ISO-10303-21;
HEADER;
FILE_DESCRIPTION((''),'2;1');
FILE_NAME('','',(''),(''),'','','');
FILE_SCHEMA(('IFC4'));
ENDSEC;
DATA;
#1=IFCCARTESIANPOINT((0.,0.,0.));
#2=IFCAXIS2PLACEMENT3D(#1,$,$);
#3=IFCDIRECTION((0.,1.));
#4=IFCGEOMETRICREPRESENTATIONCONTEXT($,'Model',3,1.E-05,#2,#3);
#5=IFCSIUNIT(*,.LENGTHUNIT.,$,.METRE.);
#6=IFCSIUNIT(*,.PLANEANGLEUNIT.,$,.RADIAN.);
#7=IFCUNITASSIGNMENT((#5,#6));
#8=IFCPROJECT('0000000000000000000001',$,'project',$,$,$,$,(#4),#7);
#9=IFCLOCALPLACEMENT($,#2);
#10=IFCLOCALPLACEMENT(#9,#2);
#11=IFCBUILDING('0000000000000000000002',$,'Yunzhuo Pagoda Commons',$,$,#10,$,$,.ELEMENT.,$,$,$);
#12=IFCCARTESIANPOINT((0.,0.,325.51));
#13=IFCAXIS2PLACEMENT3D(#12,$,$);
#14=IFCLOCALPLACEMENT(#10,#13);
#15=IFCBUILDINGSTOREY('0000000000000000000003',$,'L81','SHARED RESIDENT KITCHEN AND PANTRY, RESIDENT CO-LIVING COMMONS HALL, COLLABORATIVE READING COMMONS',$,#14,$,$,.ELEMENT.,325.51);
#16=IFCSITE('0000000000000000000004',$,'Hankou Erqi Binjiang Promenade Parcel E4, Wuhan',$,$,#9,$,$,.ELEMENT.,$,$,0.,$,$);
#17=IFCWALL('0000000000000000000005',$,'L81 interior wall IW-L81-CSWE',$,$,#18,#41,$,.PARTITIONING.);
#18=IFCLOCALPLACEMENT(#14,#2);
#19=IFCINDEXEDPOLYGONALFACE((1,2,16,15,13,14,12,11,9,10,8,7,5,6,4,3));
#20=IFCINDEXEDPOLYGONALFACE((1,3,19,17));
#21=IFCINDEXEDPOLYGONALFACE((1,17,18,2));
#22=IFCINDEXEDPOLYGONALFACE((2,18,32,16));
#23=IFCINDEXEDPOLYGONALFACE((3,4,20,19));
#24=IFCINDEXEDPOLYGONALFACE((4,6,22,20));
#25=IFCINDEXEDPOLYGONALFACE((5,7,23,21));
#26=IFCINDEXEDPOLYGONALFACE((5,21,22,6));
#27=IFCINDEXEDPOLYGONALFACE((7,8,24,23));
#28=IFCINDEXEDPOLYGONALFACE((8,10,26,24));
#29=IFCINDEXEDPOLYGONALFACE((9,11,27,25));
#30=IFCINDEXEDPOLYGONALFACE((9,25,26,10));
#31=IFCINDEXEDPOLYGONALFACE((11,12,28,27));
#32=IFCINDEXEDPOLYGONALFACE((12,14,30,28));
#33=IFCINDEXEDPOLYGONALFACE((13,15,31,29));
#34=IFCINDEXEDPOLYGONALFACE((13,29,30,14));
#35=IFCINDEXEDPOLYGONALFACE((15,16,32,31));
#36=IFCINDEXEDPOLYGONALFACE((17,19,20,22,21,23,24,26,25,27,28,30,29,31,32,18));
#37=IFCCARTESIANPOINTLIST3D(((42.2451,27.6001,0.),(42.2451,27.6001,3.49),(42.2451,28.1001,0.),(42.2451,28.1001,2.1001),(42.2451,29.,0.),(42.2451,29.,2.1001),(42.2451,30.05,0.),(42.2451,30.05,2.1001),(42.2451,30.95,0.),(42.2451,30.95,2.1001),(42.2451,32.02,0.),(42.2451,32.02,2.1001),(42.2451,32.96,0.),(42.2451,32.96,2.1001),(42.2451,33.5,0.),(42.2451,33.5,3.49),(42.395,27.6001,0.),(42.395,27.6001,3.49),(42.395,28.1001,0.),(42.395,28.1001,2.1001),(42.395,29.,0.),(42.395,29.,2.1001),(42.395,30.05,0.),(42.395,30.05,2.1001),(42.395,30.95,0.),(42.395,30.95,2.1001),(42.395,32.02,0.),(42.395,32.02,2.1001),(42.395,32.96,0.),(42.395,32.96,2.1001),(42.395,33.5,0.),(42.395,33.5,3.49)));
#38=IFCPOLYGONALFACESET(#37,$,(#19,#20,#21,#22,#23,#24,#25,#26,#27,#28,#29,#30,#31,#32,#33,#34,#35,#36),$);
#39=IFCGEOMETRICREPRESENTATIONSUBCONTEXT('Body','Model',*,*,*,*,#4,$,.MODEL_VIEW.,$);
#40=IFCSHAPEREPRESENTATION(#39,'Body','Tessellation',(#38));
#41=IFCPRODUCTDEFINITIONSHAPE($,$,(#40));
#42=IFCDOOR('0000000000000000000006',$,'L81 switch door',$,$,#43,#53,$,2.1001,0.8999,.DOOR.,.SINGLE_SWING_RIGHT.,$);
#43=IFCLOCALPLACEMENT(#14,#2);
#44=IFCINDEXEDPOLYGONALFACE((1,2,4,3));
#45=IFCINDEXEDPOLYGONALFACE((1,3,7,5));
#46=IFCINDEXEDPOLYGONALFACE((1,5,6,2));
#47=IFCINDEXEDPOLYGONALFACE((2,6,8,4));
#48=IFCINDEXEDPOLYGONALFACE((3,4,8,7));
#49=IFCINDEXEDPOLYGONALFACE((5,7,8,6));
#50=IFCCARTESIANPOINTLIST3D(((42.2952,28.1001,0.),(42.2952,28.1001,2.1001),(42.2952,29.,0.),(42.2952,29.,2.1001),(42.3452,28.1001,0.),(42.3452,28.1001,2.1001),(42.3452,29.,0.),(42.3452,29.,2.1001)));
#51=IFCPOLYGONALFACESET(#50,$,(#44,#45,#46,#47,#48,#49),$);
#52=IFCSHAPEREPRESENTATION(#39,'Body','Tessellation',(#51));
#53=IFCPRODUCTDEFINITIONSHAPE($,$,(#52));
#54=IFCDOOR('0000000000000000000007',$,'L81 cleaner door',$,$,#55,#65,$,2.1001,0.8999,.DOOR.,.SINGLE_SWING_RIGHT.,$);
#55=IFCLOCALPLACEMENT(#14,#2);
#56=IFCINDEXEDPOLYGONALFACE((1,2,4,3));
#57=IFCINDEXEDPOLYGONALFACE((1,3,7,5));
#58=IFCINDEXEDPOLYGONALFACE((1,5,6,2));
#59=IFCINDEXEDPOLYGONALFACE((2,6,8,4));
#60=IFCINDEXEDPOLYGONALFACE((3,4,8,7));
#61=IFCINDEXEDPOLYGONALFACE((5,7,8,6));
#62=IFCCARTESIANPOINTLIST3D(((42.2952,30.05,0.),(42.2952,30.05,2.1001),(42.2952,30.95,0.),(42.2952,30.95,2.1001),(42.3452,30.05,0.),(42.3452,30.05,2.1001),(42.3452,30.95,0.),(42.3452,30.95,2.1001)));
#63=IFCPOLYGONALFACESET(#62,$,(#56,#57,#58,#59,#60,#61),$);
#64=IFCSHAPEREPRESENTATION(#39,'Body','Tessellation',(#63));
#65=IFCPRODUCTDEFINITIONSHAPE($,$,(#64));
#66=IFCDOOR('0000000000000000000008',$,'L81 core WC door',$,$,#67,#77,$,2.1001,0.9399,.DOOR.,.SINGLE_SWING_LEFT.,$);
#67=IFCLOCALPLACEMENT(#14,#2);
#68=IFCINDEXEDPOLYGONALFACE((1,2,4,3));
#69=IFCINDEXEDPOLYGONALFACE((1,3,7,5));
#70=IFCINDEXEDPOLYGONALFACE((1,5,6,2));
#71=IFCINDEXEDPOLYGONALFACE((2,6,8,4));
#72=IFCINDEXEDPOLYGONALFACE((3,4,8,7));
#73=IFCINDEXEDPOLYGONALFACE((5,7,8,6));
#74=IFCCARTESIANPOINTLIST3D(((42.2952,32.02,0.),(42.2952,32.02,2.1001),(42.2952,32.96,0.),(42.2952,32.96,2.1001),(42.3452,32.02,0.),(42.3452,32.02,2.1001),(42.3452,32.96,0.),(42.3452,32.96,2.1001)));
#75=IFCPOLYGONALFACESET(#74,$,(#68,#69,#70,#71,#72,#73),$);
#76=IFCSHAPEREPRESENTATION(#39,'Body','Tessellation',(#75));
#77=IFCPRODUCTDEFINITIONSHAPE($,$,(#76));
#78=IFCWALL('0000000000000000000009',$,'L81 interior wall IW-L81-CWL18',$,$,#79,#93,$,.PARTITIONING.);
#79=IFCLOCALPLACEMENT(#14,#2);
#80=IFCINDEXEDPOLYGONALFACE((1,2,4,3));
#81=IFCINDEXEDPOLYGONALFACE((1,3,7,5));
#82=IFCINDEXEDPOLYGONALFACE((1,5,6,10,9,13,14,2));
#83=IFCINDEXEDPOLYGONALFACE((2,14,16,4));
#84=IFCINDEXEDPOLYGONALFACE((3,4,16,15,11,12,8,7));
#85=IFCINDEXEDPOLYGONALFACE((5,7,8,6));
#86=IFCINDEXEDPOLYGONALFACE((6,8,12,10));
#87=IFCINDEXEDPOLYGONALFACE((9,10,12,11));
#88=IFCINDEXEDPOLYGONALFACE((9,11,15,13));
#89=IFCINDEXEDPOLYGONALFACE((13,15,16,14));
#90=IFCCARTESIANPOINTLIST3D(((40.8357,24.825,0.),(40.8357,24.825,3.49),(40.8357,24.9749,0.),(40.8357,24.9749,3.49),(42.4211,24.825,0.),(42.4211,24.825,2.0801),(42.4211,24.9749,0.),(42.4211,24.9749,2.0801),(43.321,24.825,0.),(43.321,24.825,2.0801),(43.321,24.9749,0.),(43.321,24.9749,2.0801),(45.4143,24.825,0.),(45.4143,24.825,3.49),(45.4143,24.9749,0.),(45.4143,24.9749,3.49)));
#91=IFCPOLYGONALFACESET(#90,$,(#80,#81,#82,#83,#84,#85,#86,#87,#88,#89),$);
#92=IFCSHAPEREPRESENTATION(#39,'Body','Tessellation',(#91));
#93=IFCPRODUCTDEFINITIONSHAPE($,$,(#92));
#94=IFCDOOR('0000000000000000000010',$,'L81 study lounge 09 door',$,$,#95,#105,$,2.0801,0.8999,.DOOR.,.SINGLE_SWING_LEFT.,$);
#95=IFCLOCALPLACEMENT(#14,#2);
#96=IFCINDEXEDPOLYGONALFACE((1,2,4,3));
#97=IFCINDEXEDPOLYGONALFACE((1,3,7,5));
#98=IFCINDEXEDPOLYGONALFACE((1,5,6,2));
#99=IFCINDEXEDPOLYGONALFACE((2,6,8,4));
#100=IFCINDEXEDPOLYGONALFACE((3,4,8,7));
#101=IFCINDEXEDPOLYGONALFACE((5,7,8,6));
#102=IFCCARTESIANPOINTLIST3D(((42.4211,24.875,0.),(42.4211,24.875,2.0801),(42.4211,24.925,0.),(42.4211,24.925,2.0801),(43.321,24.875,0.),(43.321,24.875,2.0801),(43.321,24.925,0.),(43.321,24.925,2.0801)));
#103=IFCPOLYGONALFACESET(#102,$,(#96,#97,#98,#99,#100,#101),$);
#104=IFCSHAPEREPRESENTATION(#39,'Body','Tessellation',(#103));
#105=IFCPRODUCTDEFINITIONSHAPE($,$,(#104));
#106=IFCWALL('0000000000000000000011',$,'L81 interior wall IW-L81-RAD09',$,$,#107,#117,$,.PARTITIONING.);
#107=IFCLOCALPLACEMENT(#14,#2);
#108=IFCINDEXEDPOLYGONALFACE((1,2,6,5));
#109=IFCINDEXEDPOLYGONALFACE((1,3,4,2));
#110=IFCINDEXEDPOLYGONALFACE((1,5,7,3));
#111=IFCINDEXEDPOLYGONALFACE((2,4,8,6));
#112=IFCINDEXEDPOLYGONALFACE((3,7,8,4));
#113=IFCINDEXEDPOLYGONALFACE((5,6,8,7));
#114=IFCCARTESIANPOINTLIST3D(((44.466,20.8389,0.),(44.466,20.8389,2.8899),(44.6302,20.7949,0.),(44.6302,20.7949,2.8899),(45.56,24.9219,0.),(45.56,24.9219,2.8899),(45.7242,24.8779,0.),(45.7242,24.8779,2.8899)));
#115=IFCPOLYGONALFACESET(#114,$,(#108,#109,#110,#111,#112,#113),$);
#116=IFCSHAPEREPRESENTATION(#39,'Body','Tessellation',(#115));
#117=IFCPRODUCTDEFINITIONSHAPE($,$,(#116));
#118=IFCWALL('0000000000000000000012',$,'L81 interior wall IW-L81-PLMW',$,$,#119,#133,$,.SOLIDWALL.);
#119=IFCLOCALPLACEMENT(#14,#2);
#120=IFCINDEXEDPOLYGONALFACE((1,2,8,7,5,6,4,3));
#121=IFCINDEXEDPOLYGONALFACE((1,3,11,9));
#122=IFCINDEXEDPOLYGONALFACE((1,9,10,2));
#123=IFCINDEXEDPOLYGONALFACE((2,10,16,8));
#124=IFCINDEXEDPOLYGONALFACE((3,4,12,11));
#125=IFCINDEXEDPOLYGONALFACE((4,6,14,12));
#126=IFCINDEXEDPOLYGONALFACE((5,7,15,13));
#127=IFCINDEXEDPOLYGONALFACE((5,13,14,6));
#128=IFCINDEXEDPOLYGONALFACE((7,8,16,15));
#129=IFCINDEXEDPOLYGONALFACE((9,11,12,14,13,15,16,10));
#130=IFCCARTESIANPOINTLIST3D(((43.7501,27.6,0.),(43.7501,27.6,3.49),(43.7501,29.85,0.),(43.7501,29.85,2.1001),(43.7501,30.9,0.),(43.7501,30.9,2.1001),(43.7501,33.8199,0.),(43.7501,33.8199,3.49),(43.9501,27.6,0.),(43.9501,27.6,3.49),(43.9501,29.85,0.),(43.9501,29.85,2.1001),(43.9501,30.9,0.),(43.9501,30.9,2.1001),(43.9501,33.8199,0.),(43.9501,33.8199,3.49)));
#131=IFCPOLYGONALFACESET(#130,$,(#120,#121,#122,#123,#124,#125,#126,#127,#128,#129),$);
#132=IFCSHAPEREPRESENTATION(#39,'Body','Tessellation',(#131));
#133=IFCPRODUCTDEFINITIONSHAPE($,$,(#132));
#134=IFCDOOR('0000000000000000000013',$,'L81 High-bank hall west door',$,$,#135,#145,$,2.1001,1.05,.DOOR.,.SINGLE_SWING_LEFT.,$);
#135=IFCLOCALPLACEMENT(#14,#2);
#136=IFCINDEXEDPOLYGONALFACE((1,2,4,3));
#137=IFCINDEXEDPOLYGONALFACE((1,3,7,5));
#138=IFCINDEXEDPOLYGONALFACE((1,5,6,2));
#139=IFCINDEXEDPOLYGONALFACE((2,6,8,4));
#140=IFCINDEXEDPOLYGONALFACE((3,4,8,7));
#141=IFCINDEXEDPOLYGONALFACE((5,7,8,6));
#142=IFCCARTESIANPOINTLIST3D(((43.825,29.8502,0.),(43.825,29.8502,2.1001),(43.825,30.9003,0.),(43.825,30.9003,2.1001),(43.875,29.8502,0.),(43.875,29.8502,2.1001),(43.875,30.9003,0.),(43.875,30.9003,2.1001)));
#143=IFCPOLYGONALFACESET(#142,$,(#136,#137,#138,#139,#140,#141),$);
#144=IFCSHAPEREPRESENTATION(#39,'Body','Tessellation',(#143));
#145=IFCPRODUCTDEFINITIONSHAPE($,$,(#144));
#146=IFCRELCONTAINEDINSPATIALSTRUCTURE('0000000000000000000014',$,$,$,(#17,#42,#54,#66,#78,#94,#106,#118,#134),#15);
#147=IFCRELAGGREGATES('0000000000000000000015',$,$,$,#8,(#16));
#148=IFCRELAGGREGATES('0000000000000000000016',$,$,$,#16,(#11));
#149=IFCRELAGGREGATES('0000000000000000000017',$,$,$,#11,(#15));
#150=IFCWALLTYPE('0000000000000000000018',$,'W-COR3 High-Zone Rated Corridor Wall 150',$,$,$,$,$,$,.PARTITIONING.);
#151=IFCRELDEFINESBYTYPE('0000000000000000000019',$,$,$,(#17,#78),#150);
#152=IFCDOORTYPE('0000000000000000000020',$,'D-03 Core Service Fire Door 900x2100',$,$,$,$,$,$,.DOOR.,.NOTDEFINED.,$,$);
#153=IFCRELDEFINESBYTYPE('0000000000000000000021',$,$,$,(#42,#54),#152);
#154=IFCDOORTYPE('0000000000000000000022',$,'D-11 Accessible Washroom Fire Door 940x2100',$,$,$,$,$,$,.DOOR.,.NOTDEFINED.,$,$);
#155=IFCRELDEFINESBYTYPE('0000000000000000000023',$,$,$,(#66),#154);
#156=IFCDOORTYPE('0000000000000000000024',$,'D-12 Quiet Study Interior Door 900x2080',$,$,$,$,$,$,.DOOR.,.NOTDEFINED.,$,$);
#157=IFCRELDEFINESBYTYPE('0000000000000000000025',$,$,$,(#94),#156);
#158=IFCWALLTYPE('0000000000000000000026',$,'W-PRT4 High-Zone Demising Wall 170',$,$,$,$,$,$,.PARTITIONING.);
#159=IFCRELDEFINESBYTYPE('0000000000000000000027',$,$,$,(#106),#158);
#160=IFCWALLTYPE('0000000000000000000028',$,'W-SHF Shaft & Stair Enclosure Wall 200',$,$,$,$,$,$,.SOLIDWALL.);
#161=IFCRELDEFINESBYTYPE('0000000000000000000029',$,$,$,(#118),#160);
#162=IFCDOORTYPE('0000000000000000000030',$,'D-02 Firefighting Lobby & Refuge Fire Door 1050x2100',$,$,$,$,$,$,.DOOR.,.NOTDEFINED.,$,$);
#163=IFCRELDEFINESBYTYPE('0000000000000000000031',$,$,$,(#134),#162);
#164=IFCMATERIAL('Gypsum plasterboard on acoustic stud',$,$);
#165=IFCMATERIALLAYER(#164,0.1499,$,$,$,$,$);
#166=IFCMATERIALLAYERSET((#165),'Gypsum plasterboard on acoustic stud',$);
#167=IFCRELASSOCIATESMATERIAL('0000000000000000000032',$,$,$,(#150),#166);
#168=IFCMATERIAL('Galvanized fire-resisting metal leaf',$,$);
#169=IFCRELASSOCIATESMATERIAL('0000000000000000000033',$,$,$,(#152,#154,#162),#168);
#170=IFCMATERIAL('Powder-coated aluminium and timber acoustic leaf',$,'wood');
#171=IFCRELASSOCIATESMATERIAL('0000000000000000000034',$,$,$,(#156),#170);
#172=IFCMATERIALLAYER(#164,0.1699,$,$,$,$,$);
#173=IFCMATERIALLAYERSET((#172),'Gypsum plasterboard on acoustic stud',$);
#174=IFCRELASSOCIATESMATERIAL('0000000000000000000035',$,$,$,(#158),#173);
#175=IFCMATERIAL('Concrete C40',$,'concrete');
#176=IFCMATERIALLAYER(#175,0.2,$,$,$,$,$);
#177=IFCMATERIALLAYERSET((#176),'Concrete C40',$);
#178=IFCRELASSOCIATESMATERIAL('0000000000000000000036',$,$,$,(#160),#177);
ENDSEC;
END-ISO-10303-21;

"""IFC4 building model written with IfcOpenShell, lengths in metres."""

from ifc_helpers import new_model, si_unit, direction, frame, frame_2d, origin, origin_with_axes, place, context, subcontext, project, spatial, rectangle, extrude, source, transform, mapped, material, layer, layer_set, type_object, element, fill, save


model = new_model("IFC4")

# Units and contexts
model_context = context("Model", 3, precision=1e-05, world=origin(), true_north=direction((0.0, 1.0)))
body_context = subcontext(model_context, "Body", "Model", "MODEL_VIEW")
ifc_project = project(units=[si_unit("LENGTHUNIT", "METRE"), si_unit("PLANEANGLEUNIT", "RADIAN")], contexts=[model_context])

# Site, building, storey
site_placement = place(None, origin())
site = spatial("IfcSite", under=ifc_project, at=site_placement, Name="Hankou Erqi Binjiang Promenade Parcel E4, Wuhan", CompositionType="ELEMENT", RefElevation=0.0)
building_placement = place(site_placement, origin())
building = spatial("IfcBuilding", under=site, at=building_placement, Name="Yunzhuo Pagoda Commons", CompositionType="ELEMENT")
storey_placement = place(building_placement, frame((0.0, 0.0, 325.51)))
storey = spatial("IfcBuildingStorey", under=building, at=storey_placement, Name="L81", Description="SHARED RESIDENT KITCHEN AND PANTRY, RESIDENT CO-LIVING COMMONS HALL, COLLABORATIVE READING COMMONS", CompositionType="ELEMENT", Elevation=325.51)

# Wall, openings, doors
ifc_material_1 = material(Name="Gypsum plasterboard on acoustic stud")
ifc_layer_1 = layer(ifc_material_1, 0.1499)
ifc_layer_set_1 = layer_set([ifc_layer_1], Name="Gypsum plasterboard on acoustic stud")
wall_type_1 = type_object("IfcWallType", Name="W-COR3 High-Zone Rated Corridor Wall 150", PredefinedType="PARTITIONING", material=ifc_layer_set_1)
wall_1_placement = place(storey_placement, frame((42.3201, 27.6001, 0.0), z_axis=(0.0, 0.0, 1.0), x_axis=(0.0, 1.0, 0.0)))
wall_1 = element("IfcWall", 1, at=wall_1_placement, inside=storey, type_object=wall_type_1, Name="L81 interior wall IW-L81-CSWE", PredefinedType="PARTITIONING", context=body_context, shape_type="SweptSolid", body=[
    extrude(rectangle(XDim=5.8999, YDim=0.1499, at=frame_2d((2.95, 0.0))), origin(), (0.0, 0.0, 1.0), 3.49),
])
opening_1_placement = place(wall_1_placement, frame((0.5, 0.0, 0.0)))
opening_1 = element("IfcOpeningElement", 2, at=opening_1_placement, cuts=wall_1, PredefinedType="OPENING", context=body_context, shape_type="SweptSolid", body=[
    extrude(rectangle(XDim=0.8999, YDim=2.1001, at=frame_2d((0.45, 1.05))), frame((0.0, 0.085, 0.0), z_axis=(0.0, -1.0, 0.0), x_axis=(1.0, 0.0, 0.0)), (0.0, 0.0, 1.0), 0.1699),
])
opening_2_placement = place(wall_1_placement, frame((2.45, 0.0, 0.0)))
opening_2 = element("IfcOpeningElement", 3, at=opening_2_placement, cuts=wall_1, PredefinedType="OPENING", context=body_context, shape_type="SweptSolid", body=[
    extrude(rectangle(XDim=0.8999, YDim=2.1001, at=frame_2d((0.45, 1.05))), frame((0.0, 0.085, 0.0), z_axis=(0.0, -1.0, 0.0), x_axis=(1.0, 0.0, 0.0)), (0.0, 0.0, 1.0), 0.1699),
])
opening_3_placement = place(wall_1_placement, frame((4.4199, 0.0, 0.0)))
opening_3 = element("IfcOpeningElement", 4, at=opening_3_placement, cuts=wall_1, PredefinedType="OPENING", context=body_context, shape_type="SweptSolid", body=[
    extrude(rectangle(XDim=0.9399, YDim=2.1001, at=frame_2d((0.47, 1.05))), frame((0.0, 0.085, 0.0), z_axis=(0.0, -1.0, 0.0), x_axis=(1.0, 0.0, 0.0)), (0.0, 0.0, 1.0), 0.1699),
])
ifc_material_2 = material(Name="Galvanized fire-resisting metal leaf")
door_type_1 = type_object("IfcDoorType", Name="D-03 Core Service Fire Door 900x2100", OperationType="NOTDEFINED", PredefinedType="DOOR", material=ifc_material_2)
shared_shape_1 = source(origin(), body_context, "Body", "SweptSolid", [
    extrude(rectangle(XDim=0.8999, YDim=2.1001, at=frame_2d((0.45, 1.05))), frame((0.0, 0.0249, 0.0), z_axis=(0.0, -1.0, 0.0), x_axis=(1.0, 0.0, 0.0)), (0.0, 0.0, 1.0), 0.05),
])
door_1_placement = place(opening_1_placement, origin_with_axes())
door_1 = element("IfcDoor", 5, at=door_1_placement, inside=storey, type_object=door_type_1, Name="L81 switch door", OperationType="SINGLE_SWING_RIGHT", OverallHeight=2.1001, OverallWidth=0.8999, PredefinedType="DOOR", context=body_context, shape_type="MappedRepresentation", body=[
    mapped(shared_shape_1, transform((0.0, 0.0, 0.0), scale=1.0)),
])
fill(opening_1, door_1)
door_2_placement = place(opening_2_placement, origin_with_axes())
door_2 = element("IfcDoor", 6, at=door_2_placement, inside=storey, type_object=door_type_1, Name="L81 cleaner door", OperationType="SINGLE_SWING_RIGHT", OverallHeight=2.1001, OverallWidth=0.8999, PredefinedType="DOOR", context=body_context, shape_type="MappedRepresentation", body=[
    mapped(shared_shape_1, transform((0.0, 0.0, 0.0), scale=1.0)),
])
fill(opening_2, door_2)
door_type_2 = type_object("IfcDoorType", Name="D-11 Accessible Washroom Fire Door 940x2100", OperationType="NOTDEFINED", PredefinedType="DOOR", material=ifc_material_2)
shared_shape_2 = source(origin(), body_context, "Body", "SweptSolid", [
    extrude(rectangle(XDim=0.9399, YDim=2.1001, at=frame_2d((0.47, 1.05))), frame((0.0, 0.0249, 0.0), z_axis=(0.0, -1.0, 0.0), x_axis=(1.0, 0.0, 0.0)), (0.0, 0.0, 1.0), 0.05),
])
door_3_placement = place(opening_3_placement, origin_with_axes())
door_3 = element("IfcDoor", 7, at=door_3_placement, inside=storey, type_object=door_type_2, Name="L81 core WC door", OperationType="SINGLE_SWING_LEFT", OverallHeight=2.1001, OverallWidth=0.9399, PredefinedType="DOOR", context=body_context, shape_type="MappedRepresentation", body=[
    mapped(shared_shape_2, transform((0.0, 0.0, 0.0), scale=1.0)),
])
fill(opening_3, door_3)

# Wall, opening, door
wall_2_placement = place(storey_placement, frame((45.4143, 24.8999, 0.0), z_axis=(0.0, 0.0, 1.0), x_axis=(-1.0, 0.0, 0.0)))
wall_2 = element("IfcWall", 8, at=wall_2_placement, inside=storey, type_object=wall_type_1, Name="L81 interior wall IW-L81-CWL18", PredefinedType="PARTITIONING", context=body_context, shape_type="SweptSolid", body=[
    extrude(rectangle(XDim=4.5786, YDim=0.1499, at=frame_2d((2.2893, 0.0))), origin(), (0.0, 0.0, 1.0), 3.49),
])
opening_4_placement = place(wall_2_placement, frame((2.0933, 0.0, 0.0)))
opening_4 = element("IfcOpeningElement", 9, at=opening_4_placement, cuts=wall_2, PredefinedType="OPENING", context=body_context, shape_type="SweptSolid", body=[
    extrude(rectangle(XDim=0.8999, YDim=2.0801, at=frame_2d((0.45, 1.04))), frame((0.0, 0.085, 0.0), z_axis=(0.0, -1.0, 0.0), x_axis=(1.0, 0.0, 0.0)), (0.0, 0.0, 1.0), 0.1699),
])
ifc_material_3 = material(Name="Powder-coated aluminium and timber acoustic leaf", Category="wood")
door_type_3 = type_object("IfcDoorType", Name="D-12 Quiet Study Interior Door 900x2080", OperationType="NOTDEFINED", PredefinedType="DOOR", material=ifc_material_3)
shared_shape_3 = source(origin(), body_context, "Body", "SweptSolid", [
    extrude(rectangle(XDim=0.8999, YDim=2.0801, at=frame_2d((0.45, 1.04))), frame((0.0, 0.0249, 0.0), z_axis=(0.0, -1.0, 0.0), x_axis=(1.0, 0.0, 0.0)), (0.0, 0.0, 1.0), 0.05),
])
door_4_placement = place(opening_4_placement, origin_with_axes())
door_4 = element("IfcDoor", 10, at=door_4_placement, inside=storey, type_object=door_type_3, Name="L81 study lounge 09 door", OperationType="SINGLE_SWING_LEFT", OverallHeight=2.0801, OverallWidth=0.8999, PredefinedType="DOOR", context=body_context, shape_type="MappedRepresentation", body=[
    mapped(shared_shape_3, transform((0.0, 0.0, 0.0), scale=1.0)),
])
fill(opening_4, door_4)

# Wall
ifc_layer_2 = layer(ifc_material_1, 0.1699)
ifc_layer_set_2 = layer_set([ifc_layer_2], Name="Gypsum plasterboard on acoustic stud")
wall_type_2 = type_object("IfcWallType", Name="W-PRT4 High-Zone Demising Wall 170", PredefinedType="PARTITIONING", material=ifc_layer_set_2)
wall_3_placement = place(storey_placement, frame((45.6421, 24.8999, 0.0), z_axis=(0.0, 0.0, 1.0), x_axis=(-0.258809, -0.965928, 0.0)))
element("IfcWall", 11, at=wall_3_placement, inside=storey, type_object=wall_type_2, Name="L81 interior wall IW-L81-RAD09", PredefinedType="PARTITIONING", context=body_context, shape_type="SweptSolid", body=[
    extrude(rectangle(XDim=4.2271, YDim=0.1699, at=frame_2d((2.1135, 0.0))), origin(), (0.0, 0.0, 1.0), 2.8899),
])

# Wall, opening, door
ifc_material_4 = material(Name="Concrete C40", Category="concrete")
ifc_layer_3 = layer(ifc_material_4, 0.2)
ifc_layer_set_3 = layer_set([ifc_layer_3], Name="Concrete C40")
wall_type_3 = type_object("IfcWallType", Name="W-SHF Shaft & Stair Enclosure Wall 200", PredefinedType="SOLIDWALL", material=ifc_layer_set_3)
wall_4_placement = place(storey_placement, frame((43.8501, 27.6001, 0.0), z_axis=(0.0, 0.0, 1.0), x_axis=(0.0, 1.0, 0.0)))
wall_4 = element("IfcWall", 12, at=wall_4_placement, inside=storey, type_object=wall_type_3, Name="L81 interior wall IW-L81-PLMW", PredefinedType="SOLIDWALL", context=body_context, shape_type="SweptSolid", body=[
    extrude(rectangle(XDim=6.22, YDim=0.2, at=frame_2d((3.1099, 0.0))), origin(), (0.0, 0.0, 1.0), 3.49),
])
opening_5_placement = place(wall_4_placement, frame((2.25, 0.0, 0.0)))
opening_5 = element("IfcOpeningElement", 13, at=opening_5_placement, cuts=wall_4, PredefinedType="OPENING", context=body_context, shape_type="SweptSolid", body=[
    extrude(rectangle(XDim=1.05, YDim=2.1001, at=frame_2d((0.5249, 1.05))), frame((0.0, 0.1099, 0.0), z_axis=(0.0, -1.0, 0.0), x_axis=(1.0, 0.0, 0.0)), (0.0, 0.0, 1.0), 0.22),
])
door_type_4 = type_object("IfcDoorType", Name="D-02 Firefighting Lobby & Refuge Fire Door 1050x2100", OperationType="NOTDEFINED", PredefinedType="DOOR", material=ifc_material_2)
shared_shape_4 = source(origin(), body_context, "Body", "SweptSolid", [
    extrude(rectangle(XDim=1.05, YDim=2.1001, at=frame_2d((0.5249, 1.05))), frame((0.0, 0.0249, 0.0), z_axis=(0.0, -1.0, 0.0), x_axis=(1.0, 0.0, 0.0)), (0.0, 0.0, 1.0), 0.05),
])
door_5_placement = place(opening_5_placement, frame((1.05, 0.0, 0.0), z_axis=(0.0, 0.0, 1.0), x_axis=(-1.0, 0.0, 0.0)))
door_5 = element("IfcDoor", 14, at=door_5_placement, inside=storey, type_object=door_type_4, Name="L81 High-bank hall west door", OperationType="SINGLE_SWING_LEFT", OverallHeight=2.1001, OverallWidth=1.05, PredefinedType="DOOR", context=body_context, shape_type="MappedRepresentation", body=[
    mapped(shared_shape_4, transform((0.0, 0.0, 0.0), scale=1.0)),
])
fill(opening_5, door_5)

save(model, "model.ifc")
